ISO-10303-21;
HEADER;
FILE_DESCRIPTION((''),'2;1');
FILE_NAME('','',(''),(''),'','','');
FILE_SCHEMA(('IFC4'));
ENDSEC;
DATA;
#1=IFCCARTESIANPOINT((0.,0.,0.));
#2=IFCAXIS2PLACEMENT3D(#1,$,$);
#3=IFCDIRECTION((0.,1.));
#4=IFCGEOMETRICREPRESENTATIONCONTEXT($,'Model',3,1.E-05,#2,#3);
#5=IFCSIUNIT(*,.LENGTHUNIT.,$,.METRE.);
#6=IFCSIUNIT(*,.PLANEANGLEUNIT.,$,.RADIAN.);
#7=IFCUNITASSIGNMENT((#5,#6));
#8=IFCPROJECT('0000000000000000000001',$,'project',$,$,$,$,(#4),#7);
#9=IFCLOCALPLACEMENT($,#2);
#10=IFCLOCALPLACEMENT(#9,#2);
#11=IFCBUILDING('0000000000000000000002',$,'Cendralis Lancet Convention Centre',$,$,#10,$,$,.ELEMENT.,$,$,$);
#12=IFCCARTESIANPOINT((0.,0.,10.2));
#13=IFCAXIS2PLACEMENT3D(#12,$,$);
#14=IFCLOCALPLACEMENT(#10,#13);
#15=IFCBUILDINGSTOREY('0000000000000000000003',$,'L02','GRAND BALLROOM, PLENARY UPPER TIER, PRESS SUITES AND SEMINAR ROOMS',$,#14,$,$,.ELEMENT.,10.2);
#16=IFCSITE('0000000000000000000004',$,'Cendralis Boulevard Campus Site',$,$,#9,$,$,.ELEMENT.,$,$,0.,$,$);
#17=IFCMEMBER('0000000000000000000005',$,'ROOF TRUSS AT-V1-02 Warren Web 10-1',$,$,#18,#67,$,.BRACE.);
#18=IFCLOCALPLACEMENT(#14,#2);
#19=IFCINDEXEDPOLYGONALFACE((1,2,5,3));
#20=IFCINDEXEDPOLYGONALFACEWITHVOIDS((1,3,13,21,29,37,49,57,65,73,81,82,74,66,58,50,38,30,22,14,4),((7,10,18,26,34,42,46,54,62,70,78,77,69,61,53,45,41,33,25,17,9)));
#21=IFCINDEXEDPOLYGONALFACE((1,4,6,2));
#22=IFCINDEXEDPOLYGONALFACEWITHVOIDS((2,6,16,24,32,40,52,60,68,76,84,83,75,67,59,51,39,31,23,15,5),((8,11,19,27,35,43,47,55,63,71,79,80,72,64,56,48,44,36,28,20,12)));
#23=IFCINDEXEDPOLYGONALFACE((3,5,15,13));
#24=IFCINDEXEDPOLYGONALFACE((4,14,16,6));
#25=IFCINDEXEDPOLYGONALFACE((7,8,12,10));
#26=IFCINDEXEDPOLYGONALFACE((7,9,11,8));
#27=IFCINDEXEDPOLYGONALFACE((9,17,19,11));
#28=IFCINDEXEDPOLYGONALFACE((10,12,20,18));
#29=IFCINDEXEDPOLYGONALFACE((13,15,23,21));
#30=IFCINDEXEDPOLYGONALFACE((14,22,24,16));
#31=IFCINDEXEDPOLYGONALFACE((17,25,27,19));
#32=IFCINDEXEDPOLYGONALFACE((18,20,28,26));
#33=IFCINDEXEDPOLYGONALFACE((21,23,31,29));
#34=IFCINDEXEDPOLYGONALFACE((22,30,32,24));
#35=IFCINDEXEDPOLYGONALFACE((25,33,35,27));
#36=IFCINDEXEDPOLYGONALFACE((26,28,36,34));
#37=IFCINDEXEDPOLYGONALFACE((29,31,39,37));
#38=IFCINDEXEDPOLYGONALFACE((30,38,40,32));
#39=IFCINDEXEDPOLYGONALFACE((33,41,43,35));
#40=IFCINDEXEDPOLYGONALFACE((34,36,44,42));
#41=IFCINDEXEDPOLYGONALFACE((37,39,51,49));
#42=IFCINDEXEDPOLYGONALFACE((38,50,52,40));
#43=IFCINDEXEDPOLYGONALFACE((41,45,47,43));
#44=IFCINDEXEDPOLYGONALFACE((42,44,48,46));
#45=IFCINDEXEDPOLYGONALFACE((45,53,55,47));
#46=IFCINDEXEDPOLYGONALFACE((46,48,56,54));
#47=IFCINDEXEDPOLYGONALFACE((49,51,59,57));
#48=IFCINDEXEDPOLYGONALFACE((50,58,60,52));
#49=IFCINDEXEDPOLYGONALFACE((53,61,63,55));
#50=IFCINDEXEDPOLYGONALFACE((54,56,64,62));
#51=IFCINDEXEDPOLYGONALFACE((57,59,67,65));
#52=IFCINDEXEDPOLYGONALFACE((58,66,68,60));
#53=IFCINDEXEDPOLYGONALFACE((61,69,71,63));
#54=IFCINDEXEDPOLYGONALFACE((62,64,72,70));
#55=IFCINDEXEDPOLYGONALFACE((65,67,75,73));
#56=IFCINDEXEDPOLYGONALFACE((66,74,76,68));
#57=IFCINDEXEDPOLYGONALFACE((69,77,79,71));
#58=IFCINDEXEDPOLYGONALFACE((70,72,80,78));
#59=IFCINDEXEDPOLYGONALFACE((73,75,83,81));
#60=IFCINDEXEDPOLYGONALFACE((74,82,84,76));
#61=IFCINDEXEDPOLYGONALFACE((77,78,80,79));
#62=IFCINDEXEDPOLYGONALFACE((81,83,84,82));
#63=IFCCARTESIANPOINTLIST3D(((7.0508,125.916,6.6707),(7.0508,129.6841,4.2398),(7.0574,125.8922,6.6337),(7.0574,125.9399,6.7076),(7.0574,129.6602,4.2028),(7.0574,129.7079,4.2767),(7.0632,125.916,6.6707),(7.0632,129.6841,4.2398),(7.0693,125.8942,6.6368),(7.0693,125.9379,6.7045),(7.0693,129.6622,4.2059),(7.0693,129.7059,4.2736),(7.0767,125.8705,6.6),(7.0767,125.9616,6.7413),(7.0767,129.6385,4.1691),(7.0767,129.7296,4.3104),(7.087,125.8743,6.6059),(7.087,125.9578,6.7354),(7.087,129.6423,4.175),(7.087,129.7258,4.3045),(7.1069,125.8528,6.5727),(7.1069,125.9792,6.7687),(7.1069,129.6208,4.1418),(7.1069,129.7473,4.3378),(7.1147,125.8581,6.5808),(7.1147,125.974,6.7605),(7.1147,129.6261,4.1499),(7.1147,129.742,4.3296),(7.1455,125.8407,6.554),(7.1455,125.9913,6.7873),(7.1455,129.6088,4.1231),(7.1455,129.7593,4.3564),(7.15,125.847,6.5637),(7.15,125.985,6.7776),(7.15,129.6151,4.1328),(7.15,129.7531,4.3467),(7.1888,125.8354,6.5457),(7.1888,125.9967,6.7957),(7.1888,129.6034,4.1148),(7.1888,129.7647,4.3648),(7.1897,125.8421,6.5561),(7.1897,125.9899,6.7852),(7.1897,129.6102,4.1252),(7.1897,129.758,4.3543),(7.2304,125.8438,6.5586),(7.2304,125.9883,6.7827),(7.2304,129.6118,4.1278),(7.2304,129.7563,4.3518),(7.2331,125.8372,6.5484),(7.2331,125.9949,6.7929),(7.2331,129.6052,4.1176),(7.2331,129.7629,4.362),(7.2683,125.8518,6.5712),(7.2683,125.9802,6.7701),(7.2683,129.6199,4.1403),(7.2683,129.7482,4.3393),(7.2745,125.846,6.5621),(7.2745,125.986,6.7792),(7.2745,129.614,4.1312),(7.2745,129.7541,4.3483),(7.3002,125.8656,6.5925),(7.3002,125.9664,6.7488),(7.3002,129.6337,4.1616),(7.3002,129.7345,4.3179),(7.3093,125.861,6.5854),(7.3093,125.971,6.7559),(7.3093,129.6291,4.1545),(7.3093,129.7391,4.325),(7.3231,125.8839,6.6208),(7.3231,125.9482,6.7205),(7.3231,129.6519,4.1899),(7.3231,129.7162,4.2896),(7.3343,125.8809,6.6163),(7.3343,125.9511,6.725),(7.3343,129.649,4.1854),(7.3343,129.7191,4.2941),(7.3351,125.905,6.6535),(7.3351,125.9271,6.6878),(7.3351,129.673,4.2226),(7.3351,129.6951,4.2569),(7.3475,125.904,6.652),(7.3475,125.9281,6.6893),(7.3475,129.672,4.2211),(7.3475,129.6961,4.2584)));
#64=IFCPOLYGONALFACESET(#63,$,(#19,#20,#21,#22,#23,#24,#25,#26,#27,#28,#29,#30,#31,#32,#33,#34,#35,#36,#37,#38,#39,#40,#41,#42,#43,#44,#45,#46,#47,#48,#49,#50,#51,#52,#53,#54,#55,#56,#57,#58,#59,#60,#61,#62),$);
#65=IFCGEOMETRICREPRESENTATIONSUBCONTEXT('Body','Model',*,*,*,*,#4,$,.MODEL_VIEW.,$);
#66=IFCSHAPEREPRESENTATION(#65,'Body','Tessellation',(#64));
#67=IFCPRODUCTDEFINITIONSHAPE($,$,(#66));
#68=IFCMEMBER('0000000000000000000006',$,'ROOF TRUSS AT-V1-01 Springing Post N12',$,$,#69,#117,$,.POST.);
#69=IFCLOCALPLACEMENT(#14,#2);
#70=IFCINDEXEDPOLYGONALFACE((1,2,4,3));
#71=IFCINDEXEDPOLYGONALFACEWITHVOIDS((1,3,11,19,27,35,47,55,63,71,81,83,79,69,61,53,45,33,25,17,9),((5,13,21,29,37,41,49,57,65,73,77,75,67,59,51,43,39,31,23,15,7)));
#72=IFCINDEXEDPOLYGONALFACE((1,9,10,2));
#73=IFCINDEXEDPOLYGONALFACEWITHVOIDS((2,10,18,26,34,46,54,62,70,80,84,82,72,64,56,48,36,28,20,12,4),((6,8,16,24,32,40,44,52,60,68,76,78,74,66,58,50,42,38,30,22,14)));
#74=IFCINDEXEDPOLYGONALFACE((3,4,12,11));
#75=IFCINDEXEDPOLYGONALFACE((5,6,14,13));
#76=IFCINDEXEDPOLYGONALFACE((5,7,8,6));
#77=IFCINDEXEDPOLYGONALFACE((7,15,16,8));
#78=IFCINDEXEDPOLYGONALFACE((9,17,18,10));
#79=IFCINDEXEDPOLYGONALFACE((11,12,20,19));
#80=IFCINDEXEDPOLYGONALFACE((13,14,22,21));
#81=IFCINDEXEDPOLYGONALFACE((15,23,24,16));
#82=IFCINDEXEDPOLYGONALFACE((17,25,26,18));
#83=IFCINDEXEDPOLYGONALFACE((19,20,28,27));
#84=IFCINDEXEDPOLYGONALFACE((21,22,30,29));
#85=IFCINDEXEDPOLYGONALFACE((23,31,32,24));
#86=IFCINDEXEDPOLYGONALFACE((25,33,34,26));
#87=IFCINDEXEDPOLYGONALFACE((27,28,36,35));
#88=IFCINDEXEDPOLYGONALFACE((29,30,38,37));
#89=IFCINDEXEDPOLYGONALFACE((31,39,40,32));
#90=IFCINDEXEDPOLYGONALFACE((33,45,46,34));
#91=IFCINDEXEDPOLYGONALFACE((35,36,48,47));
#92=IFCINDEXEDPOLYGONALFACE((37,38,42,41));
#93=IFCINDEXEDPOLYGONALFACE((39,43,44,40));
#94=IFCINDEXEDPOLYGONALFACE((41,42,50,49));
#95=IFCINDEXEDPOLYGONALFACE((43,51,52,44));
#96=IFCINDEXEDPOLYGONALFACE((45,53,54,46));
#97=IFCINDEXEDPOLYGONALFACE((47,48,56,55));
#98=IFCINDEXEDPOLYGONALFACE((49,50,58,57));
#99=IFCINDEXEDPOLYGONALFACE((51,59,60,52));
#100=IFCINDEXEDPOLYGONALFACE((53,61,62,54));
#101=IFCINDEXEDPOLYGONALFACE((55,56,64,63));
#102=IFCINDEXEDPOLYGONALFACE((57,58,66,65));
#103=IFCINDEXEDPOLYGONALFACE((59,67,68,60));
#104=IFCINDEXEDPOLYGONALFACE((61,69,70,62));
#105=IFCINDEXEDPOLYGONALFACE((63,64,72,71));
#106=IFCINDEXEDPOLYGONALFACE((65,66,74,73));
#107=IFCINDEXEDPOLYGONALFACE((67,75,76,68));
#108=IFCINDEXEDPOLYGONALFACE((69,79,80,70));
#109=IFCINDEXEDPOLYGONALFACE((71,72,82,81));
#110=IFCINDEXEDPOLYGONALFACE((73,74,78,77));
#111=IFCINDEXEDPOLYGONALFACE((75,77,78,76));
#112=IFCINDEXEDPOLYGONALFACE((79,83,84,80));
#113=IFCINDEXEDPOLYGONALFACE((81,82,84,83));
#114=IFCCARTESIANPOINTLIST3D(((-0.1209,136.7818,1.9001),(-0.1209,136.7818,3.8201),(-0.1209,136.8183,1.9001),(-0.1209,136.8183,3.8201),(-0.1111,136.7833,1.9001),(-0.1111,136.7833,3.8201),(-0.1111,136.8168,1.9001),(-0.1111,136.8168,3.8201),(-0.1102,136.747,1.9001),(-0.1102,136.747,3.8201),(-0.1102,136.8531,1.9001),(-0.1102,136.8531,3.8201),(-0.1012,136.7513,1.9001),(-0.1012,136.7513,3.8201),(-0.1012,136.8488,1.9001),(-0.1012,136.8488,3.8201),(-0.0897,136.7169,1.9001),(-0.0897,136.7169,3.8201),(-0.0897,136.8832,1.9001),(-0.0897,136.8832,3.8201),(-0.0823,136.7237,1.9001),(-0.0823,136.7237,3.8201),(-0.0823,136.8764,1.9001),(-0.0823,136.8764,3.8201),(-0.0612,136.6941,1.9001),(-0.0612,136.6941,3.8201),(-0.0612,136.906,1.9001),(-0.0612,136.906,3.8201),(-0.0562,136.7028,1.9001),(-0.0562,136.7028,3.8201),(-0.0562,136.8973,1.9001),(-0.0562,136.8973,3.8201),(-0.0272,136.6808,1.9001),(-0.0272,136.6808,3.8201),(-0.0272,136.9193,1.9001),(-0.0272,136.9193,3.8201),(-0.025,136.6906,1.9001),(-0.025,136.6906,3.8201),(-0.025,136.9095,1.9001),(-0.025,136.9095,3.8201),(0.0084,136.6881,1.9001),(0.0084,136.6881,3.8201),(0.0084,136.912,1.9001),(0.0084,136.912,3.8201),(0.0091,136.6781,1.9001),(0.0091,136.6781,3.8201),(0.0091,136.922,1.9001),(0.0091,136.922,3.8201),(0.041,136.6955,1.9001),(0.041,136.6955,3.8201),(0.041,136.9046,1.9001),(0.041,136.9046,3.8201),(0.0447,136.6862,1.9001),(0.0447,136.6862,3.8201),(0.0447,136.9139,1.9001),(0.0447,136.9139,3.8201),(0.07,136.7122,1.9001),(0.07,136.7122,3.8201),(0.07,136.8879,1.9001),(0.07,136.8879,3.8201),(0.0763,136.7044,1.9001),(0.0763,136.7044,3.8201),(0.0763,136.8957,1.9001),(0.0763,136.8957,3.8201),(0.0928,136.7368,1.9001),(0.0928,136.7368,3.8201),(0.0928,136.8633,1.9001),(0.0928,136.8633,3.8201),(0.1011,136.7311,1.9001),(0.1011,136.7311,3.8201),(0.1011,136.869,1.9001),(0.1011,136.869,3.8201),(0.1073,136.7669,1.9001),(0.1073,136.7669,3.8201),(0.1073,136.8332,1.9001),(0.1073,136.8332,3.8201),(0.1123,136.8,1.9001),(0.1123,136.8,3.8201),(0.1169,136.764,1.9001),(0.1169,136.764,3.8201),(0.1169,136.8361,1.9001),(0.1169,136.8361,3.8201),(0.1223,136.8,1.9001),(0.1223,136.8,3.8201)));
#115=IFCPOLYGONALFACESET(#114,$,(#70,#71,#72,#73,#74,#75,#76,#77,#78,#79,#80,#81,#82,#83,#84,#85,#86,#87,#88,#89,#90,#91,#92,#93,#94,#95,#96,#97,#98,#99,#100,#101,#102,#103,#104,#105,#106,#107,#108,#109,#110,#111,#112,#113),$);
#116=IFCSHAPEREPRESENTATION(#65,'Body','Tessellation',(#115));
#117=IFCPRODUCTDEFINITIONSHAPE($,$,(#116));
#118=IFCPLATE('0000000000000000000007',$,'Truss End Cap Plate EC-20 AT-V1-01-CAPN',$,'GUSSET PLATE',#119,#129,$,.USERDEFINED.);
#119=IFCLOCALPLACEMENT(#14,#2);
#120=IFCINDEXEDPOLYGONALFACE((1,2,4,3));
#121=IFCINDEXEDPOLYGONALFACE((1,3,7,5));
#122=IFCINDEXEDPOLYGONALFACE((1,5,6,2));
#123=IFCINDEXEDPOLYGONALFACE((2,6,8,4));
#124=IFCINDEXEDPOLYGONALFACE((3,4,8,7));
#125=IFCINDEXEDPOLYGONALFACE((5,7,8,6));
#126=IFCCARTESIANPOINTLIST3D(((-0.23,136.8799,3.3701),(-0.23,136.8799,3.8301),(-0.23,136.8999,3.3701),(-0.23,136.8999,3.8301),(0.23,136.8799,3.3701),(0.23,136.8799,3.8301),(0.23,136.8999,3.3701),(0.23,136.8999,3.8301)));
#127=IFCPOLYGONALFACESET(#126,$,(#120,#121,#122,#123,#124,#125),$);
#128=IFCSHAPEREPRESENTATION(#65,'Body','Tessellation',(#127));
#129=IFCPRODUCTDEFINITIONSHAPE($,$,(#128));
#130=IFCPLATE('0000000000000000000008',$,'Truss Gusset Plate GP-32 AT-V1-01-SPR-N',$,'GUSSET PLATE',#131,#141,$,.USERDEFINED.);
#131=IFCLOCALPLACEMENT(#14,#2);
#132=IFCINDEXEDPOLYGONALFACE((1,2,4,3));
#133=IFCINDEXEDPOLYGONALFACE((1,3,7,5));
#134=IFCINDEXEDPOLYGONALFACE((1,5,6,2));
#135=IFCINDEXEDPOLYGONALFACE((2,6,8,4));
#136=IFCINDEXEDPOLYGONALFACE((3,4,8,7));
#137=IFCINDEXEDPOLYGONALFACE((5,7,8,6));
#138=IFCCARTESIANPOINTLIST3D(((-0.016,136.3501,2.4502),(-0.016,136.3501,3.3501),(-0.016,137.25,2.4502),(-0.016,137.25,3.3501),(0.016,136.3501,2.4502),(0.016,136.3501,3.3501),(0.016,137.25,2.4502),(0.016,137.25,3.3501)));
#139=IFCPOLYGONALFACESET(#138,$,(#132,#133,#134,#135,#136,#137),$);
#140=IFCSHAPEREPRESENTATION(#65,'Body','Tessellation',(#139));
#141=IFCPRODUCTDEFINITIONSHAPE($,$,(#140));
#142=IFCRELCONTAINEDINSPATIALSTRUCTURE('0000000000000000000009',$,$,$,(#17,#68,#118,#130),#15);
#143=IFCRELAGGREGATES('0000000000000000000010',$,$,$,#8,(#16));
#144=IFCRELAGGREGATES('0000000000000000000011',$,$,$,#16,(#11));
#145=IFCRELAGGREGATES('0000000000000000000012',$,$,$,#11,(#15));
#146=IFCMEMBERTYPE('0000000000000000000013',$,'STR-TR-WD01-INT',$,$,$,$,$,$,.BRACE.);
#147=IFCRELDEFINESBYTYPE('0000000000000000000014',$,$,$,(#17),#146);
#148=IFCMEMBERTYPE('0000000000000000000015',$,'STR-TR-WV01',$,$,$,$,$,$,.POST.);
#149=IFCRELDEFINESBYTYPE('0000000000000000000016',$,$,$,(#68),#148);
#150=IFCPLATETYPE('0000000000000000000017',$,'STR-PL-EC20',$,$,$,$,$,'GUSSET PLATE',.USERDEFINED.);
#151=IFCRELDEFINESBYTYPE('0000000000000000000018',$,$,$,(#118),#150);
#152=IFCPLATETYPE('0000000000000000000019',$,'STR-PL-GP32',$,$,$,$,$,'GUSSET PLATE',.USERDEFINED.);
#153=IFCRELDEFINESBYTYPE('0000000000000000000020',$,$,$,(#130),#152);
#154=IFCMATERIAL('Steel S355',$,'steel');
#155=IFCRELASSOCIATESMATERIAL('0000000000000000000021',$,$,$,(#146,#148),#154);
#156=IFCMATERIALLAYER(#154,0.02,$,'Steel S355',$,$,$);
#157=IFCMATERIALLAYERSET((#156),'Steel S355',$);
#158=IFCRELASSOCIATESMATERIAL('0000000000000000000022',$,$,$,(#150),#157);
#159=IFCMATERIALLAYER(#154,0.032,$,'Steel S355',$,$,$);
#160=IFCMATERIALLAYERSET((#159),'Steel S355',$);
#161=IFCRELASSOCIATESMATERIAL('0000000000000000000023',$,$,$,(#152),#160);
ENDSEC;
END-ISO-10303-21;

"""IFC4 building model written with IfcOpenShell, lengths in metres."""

from ifc_helpers import new_model, si_unit, direction, frame, origin, origin_2d, place, context, subcontext, project, spatial, rectangle, hollow_circle, extrude, material, layer, layer_set, material_profile, profile_set, type_object, element, save


model = new_model("IFC4")

# Units and contexts
model_context = context("Model", 3, precision=1e-05, world=origin(), true_north=direction((0.0, 1.0)))
body_context = subcontext(model_context, "Body", "Model", "MODEL_VIEW")
ifc_project = project(units=[si_unit("LENGTHUNIT", "METRE"), si_unit("PLANEANGLEUNIT", "RADIAN")], contexts=[model_context])

# Site, building, storey
site_placement = place(None, origin())
site = spatial("IfcSite", under=ifc_project, at=site_placement, Name="Cendralis Boulevard Campus Site", CompositionType="ELEMENT", RefElevation=0.0)
building_placement = place(site_placement, origin())
building = spatial("IfcBuilding", under=site, at=building_placement, Name="Cendralis Lancet Convention Centre", CompositionType="ELEMENT")
storey_placement = place(building_placement, frame((0.0, 0.0, 10.2)))
storey = spatial("IfcBuildingStorey", under=building, at=storey_placement, Name="L02", Description="GRAND BALLROOM, PLENARY UPPER TIER, PRESS SUITES AND SEMINAR ROOMS", CompositionType="ELEMENT", Elevation=10.2)

# Members
ifc_material_1 = material(Name="Steel S355", Category="steel")
ifc_material_profile_1 = material_profile(ifc_material_1, hollow_circle(Radius=0.1492, WallThickness=0.0125, at=origin_2d()), Name="CHS 298.5x12.5")
ifc_profile_set_1 = profile_set([ifc_material_profile_1], Name="Steel S355")
member_type_1 = type_object("IfcMemberType", Name="STR-TR-WD01-INT", PredefinedType="BRACE", material=ifc_profile_set_1)
member_1_placement = place(storey_placement, frame((7.2, 125.916, 6.6707), z_axis=(0.0, 0.840307, -0.542111), x_axis=(-1.0, 0.0, 0.0)))
element("IfcMember", 1, at=member_1_placement, inside=storey, type_object=member_type_1, Name="ROOF TRUSS AT-V1-02 Warren Web 10-1", PredefinedType="BRACE", context=body_context, shape_type="SweptSolid", body=[
    extrude(hollow_circle(Radius=0.1492, WallThickness=0.0125, at=origin_2d()), origin(), (0.0, 0.0, 1.0), 4.4841),
])
ifc_material_profile_2 = material_profile(ifc_material_1, hollow_circle(Radius=0.1223, WallThickness=0.01, at=origin_2d()), Name="CHS 244.5x10.0")
ifc_profile_set_2 = profile_set([ifc_material_profile_2], Name="Steel S355")
member_type_2 = type_object("IfcMemberType", Name="STR-TR-WV01", PredefinedType="POST", material=ifc_profile_set_2)
member_2_placement = place(storey_placement, frame((0.0, 136.8, 1.9001), z_axis=(0.0, 0.0, 1.0), x_axis=(1.0, 0.0, 0.0)))
element("IfcMember", 2, at=member_2_placement, inside=storey, type_object=member_type_2, Name="ROOF TRUSS AT-V1-01 Springing Post N12", PredefinedType="POST", context=body_context, shape_type="SweptSolid", body=[
    extrude(hollow_circle(Radius=0.1223, WallThickness=0.01, at=origin_2d()), origin(), (0.0, 0.0, 1.0), 1.9199),
])

# Plates
ifc_layer_1 = layer(ifc_material_1, 0.02, Name="Steel S355")
ifc_layer_set_1 = layer_set([ifc_layer_1], Name="Steel S355")
plate_type_1 = type_object("IfcPlateType", Name="STR-PL-EC20", ElementType="GUSSET PLATE", PredefinedType="USERDEFINED", material=ifc_layer_set_1)
plate_1_placement = place(storey_placement, frame((0.0, 136.8899, 3.3701), z_axis=(0.0, 0.0, 1.0), x_axis=(1.0, 0.0, 0.0)))
element("IfcPlate", 3, at=plate_1_placement, inside=storey, type_object=plate_type_1, Name="Truss End Cap Plate EC-20 AT-V1-01-CAPN", ObjectType="GUSSET PLATE", PredefinedType="USERDEFINED", context=body_context, shape_type="SweptSolid", body=[
    extrude(rectangle(XDim=0.46, YDim=0.02, at=origin_2d()), origin(), (0.0, 0.0, 1.0), 0.46),
])
ifc_layer_2 = layer(ifc_material_1, 0.032, Name="Steel S355")
ifc_layer_set_2 = layer_set([ifc_layer_2], Name="Steel S355")
plate_type_2 = type_object("IfcPlateType", Name="STR-PL-GP32", ElementType="GUSSET PLATE", PredefinedType="USERDEFINED", material=ifc_layer_set_2)
plate_2_placement = place(storey_placement, frame((0.0, 136.8, 2.4502), z_axis=(0.0, 0.0, 1.0), x_axis=(0.0, 1.0, 0.0)))
element("IfcPlate", 4, at=plate_2_placement, inside=storey, type_object=plate_type_2, Name="Truss Gusset Plate GP-32 AT-V1-01-SPR-N", ObjectType="GUSSET PLATE", PredefinedType="USERDEFINED", context=body_context, shape_type="SweptSolid", body=[
    extrude(rectangle(XDim=0.8999, YDim=0.032, at=origin_2d()), origin(), (0.0, 0.0, 1.0), 0.8999),
])

save(model, "model.ifc")
